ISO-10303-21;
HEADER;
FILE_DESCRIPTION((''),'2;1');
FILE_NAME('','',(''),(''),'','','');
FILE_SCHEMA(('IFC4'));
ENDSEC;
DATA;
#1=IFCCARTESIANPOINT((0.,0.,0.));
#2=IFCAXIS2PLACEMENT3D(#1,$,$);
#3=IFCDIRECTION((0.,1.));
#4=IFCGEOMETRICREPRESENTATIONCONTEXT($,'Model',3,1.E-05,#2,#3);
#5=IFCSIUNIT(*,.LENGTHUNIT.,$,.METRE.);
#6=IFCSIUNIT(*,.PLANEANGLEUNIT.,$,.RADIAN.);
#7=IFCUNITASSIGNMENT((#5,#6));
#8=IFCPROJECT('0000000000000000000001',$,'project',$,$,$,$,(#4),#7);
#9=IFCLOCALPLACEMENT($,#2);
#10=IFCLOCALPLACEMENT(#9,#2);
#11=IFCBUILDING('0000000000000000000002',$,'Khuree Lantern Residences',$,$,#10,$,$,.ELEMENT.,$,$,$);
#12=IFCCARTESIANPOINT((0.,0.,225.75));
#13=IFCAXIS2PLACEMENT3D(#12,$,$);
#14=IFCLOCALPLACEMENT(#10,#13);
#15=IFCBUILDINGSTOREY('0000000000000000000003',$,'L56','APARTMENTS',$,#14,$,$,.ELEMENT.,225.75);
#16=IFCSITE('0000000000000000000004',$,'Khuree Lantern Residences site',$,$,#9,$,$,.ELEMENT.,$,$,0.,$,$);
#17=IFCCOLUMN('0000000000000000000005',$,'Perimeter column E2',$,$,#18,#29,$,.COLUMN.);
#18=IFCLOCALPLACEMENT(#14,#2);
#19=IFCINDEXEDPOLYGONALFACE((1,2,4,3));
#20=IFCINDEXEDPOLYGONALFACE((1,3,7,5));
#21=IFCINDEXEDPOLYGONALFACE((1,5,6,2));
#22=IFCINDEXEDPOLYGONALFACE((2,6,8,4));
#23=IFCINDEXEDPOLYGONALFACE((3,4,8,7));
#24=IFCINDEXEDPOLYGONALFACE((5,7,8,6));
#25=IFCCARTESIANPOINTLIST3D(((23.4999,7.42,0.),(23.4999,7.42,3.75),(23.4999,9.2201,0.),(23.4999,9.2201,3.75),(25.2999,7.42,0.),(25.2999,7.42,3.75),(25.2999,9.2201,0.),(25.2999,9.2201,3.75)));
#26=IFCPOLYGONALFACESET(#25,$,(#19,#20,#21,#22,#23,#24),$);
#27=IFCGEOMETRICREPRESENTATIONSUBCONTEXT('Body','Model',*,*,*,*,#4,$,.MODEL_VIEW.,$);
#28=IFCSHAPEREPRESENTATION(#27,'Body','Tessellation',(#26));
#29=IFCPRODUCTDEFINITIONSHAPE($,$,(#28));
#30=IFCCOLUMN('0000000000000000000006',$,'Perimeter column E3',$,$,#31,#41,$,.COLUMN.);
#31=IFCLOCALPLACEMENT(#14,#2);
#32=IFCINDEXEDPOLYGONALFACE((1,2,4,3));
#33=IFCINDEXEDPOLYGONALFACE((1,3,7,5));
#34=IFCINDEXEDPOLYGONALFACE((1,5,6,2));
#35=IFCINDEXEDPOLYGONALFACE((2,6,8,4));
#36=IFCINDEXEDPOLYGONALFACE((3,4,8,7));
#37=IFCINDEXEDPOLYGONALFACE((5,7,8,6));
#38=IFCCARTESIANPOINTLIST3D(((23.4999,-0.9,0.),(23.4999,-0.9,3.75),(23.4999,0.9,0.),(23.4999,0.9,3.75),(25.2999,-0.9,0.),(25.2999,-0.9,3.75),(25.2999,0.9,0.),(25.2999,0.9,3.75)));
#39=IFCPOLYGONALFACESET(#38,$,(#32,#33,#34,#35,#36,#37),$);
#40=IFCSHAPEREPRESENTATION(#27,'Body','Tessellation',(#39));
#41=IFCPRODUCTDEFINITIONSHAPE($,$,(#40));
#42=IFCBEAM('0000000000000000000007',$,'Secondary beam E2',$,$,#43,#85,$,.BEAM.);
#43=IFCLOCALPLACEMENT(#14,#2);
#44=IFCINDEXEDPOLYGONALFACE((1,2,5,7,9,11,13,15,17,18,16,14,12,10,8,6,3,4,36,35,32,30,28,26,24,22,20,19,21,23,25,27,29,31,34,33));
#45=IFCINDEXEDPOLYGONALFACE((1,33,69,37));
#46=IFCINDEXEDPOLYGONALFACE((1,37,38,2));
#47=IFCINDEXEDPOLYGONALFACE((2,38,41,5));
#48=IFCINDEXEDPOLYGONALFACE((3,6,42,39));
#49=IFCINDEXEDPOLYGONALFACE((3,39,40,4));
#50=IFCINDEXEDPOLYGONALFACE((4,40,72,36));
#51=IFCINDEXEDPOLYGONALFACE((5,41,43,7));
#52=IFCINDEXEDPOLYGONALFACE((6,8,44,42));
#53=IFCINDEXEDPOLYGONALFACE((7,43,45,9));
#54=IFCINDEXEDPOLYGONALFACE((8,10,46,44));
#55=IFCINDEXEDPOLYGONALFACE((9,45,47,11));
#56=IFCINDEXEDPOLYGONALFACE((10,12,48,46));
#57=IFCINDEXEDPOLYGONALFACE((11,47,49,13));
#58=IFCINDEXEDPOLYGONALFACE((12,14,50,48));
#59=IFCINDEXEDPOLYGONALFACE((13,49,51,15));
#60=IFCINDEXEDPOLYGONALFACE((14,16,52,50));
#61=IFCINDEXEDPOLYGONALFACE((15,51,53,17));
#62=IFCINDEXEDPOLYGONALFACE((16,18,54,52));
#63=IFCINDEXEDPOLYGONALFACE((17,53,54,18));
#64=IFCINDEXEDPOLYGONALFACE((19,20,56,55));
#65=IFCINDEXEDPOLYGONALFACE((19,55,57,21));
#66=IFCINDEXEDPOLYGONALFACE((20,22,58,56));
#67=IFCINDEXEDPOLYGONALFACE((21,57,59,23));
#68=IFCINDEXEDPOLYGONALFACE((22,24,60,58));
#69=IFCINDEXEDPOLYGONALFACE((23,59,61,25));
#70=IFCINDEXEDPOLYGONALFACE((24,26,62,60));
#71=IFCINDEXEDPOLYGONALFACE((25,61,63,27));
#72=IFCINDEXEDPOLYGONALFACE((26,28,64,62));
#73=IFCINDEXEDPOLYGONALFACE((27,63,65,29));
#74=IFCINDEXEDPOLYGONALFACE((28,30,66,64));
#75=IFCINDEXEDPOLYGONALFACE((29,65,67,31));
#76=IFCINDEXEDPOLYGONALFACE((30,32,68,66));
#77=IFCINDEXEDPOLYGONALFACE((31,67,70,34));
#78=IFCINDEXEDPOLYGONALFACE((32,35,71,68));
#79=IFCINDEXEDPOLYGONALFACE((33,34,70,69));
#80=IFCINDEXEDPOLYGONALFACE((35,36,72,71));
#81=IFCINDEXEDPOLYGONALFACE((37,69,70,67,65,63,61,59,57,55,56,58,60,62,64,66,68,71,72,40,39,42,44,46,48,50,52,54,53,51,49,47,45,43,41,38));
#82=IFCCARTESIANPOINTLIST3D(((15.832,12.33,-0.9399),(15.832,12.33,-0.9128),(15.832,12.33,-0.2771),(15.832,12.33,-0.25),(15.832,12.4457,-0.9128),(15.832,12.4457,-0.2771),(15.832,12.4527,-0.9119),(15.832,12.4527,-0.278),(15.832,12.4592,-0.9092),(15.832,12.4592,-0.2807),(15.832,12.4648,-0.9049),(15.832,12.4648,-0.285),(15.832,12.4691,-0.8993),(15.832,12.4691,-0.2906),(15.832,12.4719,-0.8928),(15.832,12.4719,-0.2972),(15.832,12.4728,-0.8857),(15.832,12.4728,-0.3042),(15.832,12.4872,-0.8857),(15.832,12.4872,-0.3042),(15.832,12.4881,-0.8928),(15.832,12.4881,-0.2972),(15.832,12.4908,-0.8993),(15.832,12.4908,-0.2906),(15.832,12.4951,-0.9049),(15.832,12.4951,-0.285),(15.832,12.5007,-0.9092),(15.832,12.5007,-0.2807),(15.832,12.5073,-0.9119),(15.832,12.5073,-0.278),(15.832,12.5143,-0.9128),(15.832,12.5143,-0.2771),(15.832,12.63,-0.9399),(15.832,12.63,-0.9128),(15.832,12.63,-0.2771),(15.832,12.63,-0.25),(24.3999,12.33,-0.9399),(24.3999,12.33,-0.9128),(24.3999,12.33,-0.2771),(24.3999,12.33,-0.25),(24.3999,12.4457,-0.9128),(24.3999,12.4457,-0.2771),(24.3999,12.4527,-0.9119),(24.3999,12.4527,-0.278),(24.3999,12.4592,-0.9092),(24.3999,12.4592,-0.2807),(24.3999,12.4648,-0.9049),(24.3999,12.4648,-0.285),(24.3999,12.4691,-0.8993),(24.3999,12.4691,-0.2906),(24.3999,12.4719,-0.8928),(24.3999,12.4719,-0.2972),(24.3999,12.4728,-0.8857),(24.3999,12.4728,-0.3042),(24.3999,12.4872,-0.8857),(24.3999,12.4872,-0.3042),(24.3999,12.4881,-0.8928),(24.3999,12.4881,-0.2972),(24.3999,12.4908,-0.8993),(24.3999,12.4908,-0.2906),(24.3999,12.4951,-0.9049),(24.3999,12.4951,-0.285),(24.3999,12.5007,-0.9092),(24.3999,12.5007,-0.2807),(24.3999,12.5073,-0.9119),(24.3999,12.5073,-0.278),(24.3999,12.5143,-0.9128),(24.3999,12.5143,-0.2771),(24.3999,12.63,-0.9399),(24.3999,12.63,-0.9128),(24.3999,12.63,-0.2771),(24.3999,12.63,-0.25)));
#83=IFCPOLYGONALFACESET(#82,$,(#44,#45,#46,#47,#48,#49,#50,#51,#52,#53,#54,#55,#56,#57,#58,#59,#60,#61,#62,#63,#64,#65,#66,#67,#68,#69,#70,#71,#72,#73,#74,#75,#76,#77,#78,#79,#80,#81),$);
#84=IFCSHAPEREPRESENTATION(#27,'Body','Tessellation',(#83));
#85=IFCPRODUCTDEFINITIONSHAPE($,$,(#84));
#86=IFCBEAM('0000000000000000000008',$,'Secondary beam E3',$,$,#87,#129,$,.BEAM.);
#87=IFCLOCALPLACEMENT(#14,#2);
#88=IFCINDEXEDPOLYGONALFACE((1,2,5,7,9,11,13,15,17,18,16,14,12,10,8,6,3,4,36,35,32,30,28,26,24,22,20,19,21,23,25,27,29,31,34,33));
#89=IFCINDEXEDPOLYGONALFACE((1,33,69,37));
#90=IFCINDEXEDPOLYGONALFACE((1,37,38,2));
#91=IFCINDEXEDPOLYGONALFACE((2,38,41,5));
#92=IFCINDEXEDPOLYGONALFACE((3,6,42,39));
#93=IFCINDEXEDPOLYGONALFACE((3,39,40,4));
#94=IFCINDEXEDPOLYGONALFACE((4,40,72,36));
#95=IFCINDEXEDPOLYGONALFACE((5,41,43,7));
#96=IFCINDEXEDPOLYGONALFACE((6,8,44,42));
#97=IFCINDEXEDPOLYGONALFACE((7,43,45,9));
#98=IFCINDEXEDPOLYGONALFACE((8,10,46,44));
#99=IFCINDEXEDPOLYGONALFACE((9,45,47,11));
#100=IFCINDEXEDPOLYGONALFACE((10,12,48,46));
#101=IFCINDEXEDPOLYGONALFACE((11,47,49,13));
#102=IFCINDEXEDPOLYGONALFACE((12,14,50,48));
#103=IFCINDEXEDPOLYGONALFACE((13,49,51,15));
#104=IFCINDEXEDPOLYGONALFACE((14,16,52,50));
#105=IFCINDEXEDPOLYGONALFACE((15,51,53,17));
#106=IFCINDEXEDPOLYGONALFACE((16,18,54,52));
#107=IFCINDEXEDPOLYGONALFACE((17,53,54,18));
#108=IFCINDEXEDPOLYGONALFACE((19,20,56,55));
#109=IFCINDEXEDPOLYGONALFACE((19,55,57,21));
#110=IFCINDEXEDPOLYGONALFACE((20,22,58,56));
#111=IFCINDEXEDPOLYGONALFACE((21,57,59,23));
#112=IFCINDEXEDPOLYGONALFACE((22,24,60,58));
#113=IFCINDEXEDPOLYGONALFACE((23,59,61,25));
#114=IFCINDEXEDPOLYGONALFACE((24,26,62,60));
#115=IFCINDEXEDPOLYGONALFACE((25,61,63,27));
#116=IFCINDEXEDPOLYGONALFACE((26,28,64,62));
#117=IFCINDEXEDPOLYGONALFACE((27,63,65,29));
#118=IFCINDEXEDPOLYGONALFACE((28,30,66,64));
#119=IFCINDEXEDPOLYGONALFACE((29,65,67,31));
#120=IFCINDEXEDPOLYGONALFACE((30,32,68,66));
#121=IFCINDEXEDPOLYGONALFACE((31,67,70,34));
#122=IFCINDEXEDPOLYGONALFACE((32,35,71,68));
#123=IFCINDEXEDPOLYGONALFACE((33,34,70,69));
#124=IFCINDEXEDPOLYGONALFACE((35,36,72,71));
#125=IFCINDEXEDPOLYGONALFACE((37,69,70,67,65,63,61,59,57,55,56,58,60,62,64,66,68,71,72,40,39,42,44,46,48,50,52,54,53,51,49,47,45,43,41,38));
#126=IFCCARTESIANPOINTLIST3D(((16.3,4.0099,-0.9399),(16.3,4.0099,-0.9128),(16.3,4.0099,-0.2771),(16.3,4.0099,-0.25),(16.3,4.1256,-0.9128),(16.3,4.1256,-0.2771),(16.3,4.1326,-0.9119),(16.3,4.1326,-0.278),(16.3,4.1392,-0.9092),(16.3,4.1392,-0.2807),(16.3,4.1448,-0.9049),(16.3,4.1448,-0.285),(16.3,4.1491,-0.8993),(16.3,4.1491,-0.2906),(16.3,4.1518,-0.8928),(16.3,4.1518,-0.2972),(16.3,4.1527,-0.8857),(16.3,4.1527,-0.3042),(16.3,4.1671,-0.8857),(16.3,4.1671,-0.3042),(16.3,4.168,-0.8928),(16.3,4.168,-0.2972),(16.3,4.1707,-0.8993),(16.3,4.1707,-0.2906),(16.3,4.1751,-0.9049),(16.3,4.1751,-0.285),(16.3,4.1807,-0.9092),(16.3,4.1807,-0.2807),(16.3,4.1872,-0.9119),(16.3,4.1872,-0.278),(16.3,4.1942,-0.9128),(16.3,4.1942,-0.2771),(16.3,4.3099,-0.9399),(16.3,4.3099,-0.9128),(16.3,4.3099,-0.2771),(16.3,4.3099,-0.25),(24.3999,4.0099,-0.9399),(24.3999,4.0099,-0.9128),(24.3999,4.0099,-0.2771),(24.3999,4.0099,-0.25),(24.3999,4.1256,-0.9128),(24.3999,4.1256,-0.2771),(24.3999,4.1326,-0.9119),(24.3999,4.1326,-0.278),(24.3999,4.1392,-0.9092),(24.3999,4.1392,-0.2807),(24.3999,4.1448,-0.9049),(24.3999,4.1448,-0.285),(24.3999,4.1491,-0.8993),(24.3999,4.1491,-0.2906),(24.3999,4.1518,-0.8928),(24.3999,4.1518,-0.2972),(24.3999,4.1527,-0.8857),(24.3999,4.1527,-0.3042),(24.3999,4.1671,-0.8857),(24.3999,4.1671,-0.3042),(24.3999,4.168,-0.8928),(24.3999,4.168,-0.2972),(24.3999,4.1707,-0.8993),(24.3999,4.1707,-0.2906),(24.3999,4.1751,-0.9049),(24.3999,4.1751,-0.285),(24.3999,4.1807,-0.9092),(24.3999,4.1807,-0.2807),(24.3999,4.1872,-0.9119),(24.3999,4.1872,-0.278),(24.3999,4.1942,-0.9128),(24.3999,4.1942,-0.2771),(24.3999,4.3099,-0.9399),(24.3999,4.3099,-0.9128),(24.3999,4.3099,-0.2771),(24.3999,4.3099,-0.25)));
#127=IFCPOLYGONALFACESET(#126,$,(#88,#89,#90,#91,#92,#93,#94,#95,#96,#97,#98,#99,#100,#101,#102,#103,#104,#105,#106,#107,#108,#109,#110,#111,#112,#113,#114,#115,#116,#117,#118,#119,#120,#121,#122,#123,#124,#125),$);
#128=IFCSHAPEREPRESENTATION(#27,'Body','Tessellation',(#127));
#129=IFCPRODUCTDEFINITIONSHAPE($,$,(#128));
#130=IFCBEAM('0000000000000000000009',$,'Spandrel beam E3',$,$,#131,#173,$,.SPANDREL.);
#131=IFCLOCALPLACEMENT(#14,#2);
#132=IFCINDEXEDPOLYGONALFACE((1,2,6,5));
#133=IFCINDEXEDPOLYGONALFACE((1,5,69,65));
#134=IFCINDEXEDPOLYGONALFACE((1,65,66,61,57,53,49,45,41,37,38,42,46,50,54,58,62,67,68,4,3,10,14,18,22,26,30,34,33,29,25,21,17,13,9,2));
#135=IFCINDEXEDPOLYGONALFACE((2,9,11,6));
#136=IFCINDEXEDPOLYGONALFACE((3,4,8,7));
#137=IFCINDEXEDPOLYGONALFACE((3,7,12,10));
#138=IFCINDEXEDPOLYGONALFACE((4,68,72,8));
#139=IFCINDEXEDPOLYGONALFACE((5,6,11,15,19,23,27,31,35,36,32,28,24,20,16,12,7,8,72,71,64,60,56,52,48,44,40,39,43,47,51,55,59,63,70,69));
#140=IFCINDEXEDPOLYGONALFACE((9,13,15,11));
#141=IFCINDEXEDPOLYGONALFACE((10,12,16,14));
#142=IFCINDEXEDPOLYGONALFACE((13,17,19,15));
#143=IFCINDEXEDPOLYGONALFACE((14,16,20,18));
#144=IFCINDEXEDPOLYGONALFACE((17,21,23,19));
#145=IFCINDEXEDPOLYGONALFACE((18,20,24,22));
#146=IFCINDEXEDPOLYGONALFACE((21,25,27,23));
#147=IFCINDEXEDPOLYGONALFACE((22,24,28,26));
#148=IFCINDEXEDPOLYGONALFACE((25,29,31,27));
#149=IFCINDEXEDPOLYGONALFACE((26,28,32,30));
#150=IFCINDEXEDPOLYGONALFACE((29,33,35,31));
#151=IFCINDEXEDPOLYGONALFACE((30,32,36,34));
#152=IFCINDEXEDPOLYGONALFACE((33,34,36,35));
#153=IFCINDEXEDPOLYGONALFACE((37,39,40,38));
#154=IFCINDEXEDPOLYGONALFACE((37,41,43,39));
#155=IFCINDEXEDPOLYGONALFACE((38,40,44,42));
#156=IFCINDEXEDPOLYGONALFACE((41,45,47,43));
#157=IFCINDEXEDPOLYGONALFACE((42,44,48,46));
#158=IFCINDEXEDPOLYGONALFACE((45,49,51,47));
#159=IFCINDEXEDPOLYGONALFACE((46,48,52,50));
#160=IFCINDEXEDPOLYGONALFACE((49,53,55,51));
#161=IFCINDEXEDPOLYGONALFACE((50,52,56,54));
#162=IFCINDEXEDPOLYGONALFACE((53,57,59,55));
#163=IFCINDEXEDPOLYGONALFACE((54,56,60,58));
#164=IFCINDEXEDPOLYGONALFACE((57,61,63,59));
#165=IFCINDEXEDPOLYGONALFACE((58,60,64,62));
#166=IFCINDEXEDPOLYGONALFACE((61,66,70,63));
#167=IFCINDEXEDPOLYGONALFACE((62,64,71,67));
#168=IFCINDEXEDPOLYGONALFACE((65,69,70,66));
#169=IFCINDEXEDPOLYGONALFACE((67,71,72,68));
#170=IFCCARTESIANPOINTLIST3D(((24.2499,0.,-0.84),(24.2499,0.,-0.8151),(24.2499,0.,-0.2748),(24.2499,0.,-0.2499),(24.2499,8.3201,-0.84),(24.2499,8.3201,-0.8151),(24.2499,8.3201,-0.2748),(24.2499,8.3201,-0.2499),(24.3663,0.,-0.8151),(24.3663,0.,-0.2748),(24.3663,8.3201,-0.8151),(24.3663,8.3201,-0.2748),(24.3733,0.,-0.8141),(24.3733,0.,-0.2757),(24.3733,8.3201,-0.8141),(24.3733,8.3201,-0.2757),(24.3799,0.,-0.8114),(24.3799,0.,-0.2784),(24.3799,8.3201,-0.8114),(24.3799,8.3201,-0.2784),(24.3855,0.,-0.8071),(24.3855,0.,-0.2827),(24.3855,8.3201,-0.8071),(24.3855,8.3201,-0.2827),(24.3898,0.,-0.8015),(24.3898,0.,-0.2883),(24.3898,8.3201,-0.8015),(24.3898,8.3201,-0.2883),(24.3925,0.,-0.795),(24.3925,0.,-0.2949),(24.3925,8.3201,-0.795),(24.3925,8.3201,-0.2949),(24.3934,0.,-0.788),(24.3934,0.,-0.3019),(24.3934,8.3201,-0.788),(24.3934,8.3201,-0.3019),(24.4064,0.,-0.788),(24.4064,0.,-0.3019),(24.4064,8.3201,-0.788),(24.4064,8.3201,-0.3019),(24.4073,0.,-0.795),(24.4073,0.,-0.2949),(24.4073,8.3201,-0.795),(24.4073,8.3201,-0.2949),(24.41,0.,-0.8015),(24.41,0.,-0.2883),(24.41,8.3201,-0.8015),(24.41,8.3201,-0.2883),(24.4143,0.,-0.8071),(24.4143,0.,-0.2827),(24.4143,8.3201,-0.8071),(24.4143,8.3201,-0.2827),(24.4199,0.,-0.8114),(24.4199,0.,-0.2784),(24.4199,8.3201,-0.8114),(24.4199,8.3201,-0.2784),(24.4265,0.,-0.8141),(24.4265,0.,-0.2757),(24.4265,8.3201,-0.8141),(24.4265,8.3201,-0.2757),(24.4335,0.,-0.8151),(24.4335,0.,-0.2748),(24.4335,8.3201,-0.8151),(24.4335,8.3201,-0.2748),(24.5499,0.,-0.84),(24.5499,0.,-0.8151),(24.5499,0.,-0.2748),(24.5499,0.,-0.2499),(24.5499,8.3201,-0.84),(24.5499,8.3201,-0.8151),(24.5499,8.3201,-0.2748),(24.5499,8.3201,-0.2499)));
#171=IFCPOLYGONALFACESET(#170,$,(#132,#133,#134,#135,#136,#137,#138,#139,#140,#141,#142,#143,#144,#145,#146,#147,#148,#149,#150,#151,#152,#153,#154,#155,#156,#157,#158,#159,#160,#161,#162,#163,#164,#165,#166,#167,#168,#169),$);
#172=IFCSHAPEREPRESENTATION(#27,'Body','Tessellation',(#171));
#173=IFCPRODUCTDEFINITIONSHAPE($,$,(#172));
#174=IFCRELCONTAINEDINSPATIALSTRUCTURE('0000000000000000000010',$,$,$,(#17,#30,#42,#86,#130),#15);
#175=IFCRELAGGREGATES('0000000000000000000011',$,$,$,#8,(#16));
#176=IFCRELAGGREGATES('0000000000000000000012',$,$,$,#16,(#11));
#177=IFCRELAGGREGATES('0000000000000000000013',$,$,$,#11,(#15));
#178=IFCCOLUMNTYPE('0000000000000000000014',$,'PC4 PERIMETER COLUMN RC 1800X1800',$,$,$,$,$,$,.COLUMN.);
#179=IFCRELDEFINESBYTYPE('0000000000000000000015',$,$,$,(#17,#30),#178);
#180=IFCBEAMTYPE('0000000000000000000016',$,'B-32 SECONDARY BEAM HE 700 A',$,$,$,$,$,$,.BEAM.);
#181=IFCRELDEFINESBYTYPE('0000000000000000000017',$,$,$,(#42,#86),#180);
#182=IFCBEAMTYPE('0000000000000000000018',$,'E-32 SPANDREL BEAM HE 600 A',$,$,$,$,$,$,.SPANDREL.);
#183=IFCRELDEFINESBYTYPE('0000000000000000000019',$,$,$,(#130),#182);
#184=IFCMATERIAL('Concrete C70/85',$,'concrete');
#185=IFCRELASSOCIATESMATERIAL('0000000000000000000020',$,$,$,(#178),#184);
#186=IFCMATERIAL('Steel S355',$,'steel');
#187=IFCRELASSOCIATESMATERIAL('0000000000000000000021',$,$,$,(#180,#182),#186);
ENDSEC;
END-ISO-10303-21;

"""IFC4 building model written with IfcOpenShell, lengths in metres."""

from ifc_helpers import new_model, si_unit, direction, frame, origin, origin_2d, place, context, subcontext, project, spatial, rectangle, i_section, extrude, material, material_profile, profile_set, type_object, element, save


model = new_model("IFC4")

# Units and contexts
model_context = context("Model", 3, precision=1e-05, world=origin(), true_north=direction((0.0, 1.0)))
body_context = subcontext(model_context, "Body", "Model", "MODEL_VIEW")
ifc_project = project(units=[si_unit("LENGTHUNIT", "METRE"), si_unit("PLANEANGLEUNIT", "RADIAN")], contexts=[model_context])

# Site, building, storey
site_placement = place(None, origin())
site = spatial("IfcSite", under=ifc_project, at=site_placement, Name="Khuree Lantern Residences site", CompositionType="ELEMENT", RefElevation=0.0)
building_placement = place(site_placement, origin())
building = spatial("IfcBuilding", under=site, at=building_placement, Name="Khuree Lantern Residences", CompositionType="ELEMENT")
storey_placement = place(building_placement, frame((0.0, 0.0, 225.75)))
storey = spatial("IfcBuildingStorey", under=building, at=storey_placement, Name="L56", Description="APARTMENTS", CompositionType="ELEMENT", Elevation=225.75)

# Columns
ifc_material_1 = material(Name="Concrete C70/85", Category="concrete")
ifc_material_profile_1 = material_profile(ifc_material_1, rectangle(XDim=1.8, YDim=1.8, at=origin_2d()), Name="RC 1800X1800")
ifc_profile_set_1 = profile_set([ifc_material_profile_1], Name="Concrete C70/85")
column_type = type_object("IfcColumnType", Name="PC4 PERIMETER COLUMN RC 1800X1800", PredefinedType="COLUMN", material=ifc_profile_set_1)
for number, where, z_axis, x_axis, name in (
    (1, (24.3999, 8.3201, 0.0), (0.0, 0.0, 1.0), (0.0, 1.0, 0.0), "Perimeter column E2"),
    (2, (24.3999, 0.0, 0.0), (0.0, 0.0, 1.0), (0.0, 1.0, 0.0), "Perimeter column E3"),
):
    element("IfcColumn", number, at=place(storey_placement, frame(where, z_axis=z_axis, x_axis=x_axis)), inside=storey, type_object=column_type, Name=name, PredefinedType="COLUMN", context=body_context, shape_type="SweptSolid", body=[
        extrude(rectangle(XDim=1.8, YDim=1.8, at=origin_2d()), origin(), (0.0, 0.0, 1.0), 3.75),
    ])

# Beams
ifc_material_2 = material(Name="Steel S355", Category="steel")
ifc_material_profile_2 = material_profile(ifc_material_2, i_section(OverallWidth=0.3, OverallDepth=0.6899, WebThickness=0.0144, FlangeThickness=0.0271, FilletRadius=0.0271, at=origin_2d()), Name="HE 700 A")
ifc_profile_set_2 = profile_set([ifc_material_profile_2], Name="Steel S355")
beam_type_1 = type_object("IfcBeamType", Name="B-32 SECONDARY BEAM HE 700 A", PredefinedType="BEAM", material=ifc_profile_set_2)
beam_1_placement = place(storey_placement, frame((24.3999, 12.48, -0.595), z_axis=(-1.0, 0.0, 0.0), x_axis=(0.0, -1.0, 0.0)))
element("IfcBeam", 3, at=beam_1_placement, inside=storey, type_object=beam_type_1, Name="Secondary beam E2", PredefinedType="BEAM", context=body_context, shape_type="SweptSolid", body=[
    extrude(i_section(OverallWidth=0.3, OverallDepth=0.6899, WebThickness=0.0144, FlangeThickness=0.0271, FilletRadius=0.0271, at=origin_2d()), origin(), (0.0, 0.0, 1.0), 8.5679),
])
beam_2_placement = place(storey_placement, frame((24.3999, 4.1599, -0.595), z_axis=(-1.0, 0.0, 0.0), x_axis=(0.0, -1.0, 0.0)))
element("IfcBeam", 4, at=beam_2_placement, inside=storey, type_object=beam_type_1, Name="Secondary beam E3", PredefinedType="BEAM", context=body_context, shape_type="SweptSolid", body=[
    extrude(i_section(OverallWidth=0.3, OverallDepth=0.6899, WebThickness=0.0144, FlangeThickness=0.0271, FilletRadius=0.0271, at=origin_2d()), origin(), (0.0, 0.0, 1.0), 8.0999),
])
ifc_material_profile_3 = material_profile(ifc_material_2, i_section(OverallWidth=0.3, OverallDepth=0.5901, WebThickness=0.0129, FlangeThickness=0.0249, FilletRadius=0.0271, at=origin_2d()), Name="HE 600 A")
ifc_profile_set_3 = profile_set([ifc_material_profile_3], Name="Steel S355")
beam_type_2 = type_object("IfcBeamType", Name="E-32 SPANDREL BEAM HE 600 A", PredefinedType="SPANDREL", material=ifc_profile_set_3)
for number, where, z_axis, x_axis, name in (
    (5, (24.3999, 8.3201, -0.5449), (0.0, -1.0, 0.0), (1.0, 0.0, 0.0), "Spandrel beam E3"),
):
    element("IfcBeam", number, at=place(storey_placement, frame(where, z_axis=z_axis, x_axis=x_axis)), inside=storey, type_object=beam_type_2, Name=name, PredefinedType="SPANDREL", context=body_context, shape_type="SweptSolid", body=[
        extrude(i_section(OverallWidth=0.3, OverallDepth=0.5901, WebThickness=0.0129, FlangeThickness=0.0249, FilletRadius=0.0271, at=origin_2d()), origin(), (0.0, 0.0, 1.0), 8.3201),
    ])

save(model, "model.ifc")
